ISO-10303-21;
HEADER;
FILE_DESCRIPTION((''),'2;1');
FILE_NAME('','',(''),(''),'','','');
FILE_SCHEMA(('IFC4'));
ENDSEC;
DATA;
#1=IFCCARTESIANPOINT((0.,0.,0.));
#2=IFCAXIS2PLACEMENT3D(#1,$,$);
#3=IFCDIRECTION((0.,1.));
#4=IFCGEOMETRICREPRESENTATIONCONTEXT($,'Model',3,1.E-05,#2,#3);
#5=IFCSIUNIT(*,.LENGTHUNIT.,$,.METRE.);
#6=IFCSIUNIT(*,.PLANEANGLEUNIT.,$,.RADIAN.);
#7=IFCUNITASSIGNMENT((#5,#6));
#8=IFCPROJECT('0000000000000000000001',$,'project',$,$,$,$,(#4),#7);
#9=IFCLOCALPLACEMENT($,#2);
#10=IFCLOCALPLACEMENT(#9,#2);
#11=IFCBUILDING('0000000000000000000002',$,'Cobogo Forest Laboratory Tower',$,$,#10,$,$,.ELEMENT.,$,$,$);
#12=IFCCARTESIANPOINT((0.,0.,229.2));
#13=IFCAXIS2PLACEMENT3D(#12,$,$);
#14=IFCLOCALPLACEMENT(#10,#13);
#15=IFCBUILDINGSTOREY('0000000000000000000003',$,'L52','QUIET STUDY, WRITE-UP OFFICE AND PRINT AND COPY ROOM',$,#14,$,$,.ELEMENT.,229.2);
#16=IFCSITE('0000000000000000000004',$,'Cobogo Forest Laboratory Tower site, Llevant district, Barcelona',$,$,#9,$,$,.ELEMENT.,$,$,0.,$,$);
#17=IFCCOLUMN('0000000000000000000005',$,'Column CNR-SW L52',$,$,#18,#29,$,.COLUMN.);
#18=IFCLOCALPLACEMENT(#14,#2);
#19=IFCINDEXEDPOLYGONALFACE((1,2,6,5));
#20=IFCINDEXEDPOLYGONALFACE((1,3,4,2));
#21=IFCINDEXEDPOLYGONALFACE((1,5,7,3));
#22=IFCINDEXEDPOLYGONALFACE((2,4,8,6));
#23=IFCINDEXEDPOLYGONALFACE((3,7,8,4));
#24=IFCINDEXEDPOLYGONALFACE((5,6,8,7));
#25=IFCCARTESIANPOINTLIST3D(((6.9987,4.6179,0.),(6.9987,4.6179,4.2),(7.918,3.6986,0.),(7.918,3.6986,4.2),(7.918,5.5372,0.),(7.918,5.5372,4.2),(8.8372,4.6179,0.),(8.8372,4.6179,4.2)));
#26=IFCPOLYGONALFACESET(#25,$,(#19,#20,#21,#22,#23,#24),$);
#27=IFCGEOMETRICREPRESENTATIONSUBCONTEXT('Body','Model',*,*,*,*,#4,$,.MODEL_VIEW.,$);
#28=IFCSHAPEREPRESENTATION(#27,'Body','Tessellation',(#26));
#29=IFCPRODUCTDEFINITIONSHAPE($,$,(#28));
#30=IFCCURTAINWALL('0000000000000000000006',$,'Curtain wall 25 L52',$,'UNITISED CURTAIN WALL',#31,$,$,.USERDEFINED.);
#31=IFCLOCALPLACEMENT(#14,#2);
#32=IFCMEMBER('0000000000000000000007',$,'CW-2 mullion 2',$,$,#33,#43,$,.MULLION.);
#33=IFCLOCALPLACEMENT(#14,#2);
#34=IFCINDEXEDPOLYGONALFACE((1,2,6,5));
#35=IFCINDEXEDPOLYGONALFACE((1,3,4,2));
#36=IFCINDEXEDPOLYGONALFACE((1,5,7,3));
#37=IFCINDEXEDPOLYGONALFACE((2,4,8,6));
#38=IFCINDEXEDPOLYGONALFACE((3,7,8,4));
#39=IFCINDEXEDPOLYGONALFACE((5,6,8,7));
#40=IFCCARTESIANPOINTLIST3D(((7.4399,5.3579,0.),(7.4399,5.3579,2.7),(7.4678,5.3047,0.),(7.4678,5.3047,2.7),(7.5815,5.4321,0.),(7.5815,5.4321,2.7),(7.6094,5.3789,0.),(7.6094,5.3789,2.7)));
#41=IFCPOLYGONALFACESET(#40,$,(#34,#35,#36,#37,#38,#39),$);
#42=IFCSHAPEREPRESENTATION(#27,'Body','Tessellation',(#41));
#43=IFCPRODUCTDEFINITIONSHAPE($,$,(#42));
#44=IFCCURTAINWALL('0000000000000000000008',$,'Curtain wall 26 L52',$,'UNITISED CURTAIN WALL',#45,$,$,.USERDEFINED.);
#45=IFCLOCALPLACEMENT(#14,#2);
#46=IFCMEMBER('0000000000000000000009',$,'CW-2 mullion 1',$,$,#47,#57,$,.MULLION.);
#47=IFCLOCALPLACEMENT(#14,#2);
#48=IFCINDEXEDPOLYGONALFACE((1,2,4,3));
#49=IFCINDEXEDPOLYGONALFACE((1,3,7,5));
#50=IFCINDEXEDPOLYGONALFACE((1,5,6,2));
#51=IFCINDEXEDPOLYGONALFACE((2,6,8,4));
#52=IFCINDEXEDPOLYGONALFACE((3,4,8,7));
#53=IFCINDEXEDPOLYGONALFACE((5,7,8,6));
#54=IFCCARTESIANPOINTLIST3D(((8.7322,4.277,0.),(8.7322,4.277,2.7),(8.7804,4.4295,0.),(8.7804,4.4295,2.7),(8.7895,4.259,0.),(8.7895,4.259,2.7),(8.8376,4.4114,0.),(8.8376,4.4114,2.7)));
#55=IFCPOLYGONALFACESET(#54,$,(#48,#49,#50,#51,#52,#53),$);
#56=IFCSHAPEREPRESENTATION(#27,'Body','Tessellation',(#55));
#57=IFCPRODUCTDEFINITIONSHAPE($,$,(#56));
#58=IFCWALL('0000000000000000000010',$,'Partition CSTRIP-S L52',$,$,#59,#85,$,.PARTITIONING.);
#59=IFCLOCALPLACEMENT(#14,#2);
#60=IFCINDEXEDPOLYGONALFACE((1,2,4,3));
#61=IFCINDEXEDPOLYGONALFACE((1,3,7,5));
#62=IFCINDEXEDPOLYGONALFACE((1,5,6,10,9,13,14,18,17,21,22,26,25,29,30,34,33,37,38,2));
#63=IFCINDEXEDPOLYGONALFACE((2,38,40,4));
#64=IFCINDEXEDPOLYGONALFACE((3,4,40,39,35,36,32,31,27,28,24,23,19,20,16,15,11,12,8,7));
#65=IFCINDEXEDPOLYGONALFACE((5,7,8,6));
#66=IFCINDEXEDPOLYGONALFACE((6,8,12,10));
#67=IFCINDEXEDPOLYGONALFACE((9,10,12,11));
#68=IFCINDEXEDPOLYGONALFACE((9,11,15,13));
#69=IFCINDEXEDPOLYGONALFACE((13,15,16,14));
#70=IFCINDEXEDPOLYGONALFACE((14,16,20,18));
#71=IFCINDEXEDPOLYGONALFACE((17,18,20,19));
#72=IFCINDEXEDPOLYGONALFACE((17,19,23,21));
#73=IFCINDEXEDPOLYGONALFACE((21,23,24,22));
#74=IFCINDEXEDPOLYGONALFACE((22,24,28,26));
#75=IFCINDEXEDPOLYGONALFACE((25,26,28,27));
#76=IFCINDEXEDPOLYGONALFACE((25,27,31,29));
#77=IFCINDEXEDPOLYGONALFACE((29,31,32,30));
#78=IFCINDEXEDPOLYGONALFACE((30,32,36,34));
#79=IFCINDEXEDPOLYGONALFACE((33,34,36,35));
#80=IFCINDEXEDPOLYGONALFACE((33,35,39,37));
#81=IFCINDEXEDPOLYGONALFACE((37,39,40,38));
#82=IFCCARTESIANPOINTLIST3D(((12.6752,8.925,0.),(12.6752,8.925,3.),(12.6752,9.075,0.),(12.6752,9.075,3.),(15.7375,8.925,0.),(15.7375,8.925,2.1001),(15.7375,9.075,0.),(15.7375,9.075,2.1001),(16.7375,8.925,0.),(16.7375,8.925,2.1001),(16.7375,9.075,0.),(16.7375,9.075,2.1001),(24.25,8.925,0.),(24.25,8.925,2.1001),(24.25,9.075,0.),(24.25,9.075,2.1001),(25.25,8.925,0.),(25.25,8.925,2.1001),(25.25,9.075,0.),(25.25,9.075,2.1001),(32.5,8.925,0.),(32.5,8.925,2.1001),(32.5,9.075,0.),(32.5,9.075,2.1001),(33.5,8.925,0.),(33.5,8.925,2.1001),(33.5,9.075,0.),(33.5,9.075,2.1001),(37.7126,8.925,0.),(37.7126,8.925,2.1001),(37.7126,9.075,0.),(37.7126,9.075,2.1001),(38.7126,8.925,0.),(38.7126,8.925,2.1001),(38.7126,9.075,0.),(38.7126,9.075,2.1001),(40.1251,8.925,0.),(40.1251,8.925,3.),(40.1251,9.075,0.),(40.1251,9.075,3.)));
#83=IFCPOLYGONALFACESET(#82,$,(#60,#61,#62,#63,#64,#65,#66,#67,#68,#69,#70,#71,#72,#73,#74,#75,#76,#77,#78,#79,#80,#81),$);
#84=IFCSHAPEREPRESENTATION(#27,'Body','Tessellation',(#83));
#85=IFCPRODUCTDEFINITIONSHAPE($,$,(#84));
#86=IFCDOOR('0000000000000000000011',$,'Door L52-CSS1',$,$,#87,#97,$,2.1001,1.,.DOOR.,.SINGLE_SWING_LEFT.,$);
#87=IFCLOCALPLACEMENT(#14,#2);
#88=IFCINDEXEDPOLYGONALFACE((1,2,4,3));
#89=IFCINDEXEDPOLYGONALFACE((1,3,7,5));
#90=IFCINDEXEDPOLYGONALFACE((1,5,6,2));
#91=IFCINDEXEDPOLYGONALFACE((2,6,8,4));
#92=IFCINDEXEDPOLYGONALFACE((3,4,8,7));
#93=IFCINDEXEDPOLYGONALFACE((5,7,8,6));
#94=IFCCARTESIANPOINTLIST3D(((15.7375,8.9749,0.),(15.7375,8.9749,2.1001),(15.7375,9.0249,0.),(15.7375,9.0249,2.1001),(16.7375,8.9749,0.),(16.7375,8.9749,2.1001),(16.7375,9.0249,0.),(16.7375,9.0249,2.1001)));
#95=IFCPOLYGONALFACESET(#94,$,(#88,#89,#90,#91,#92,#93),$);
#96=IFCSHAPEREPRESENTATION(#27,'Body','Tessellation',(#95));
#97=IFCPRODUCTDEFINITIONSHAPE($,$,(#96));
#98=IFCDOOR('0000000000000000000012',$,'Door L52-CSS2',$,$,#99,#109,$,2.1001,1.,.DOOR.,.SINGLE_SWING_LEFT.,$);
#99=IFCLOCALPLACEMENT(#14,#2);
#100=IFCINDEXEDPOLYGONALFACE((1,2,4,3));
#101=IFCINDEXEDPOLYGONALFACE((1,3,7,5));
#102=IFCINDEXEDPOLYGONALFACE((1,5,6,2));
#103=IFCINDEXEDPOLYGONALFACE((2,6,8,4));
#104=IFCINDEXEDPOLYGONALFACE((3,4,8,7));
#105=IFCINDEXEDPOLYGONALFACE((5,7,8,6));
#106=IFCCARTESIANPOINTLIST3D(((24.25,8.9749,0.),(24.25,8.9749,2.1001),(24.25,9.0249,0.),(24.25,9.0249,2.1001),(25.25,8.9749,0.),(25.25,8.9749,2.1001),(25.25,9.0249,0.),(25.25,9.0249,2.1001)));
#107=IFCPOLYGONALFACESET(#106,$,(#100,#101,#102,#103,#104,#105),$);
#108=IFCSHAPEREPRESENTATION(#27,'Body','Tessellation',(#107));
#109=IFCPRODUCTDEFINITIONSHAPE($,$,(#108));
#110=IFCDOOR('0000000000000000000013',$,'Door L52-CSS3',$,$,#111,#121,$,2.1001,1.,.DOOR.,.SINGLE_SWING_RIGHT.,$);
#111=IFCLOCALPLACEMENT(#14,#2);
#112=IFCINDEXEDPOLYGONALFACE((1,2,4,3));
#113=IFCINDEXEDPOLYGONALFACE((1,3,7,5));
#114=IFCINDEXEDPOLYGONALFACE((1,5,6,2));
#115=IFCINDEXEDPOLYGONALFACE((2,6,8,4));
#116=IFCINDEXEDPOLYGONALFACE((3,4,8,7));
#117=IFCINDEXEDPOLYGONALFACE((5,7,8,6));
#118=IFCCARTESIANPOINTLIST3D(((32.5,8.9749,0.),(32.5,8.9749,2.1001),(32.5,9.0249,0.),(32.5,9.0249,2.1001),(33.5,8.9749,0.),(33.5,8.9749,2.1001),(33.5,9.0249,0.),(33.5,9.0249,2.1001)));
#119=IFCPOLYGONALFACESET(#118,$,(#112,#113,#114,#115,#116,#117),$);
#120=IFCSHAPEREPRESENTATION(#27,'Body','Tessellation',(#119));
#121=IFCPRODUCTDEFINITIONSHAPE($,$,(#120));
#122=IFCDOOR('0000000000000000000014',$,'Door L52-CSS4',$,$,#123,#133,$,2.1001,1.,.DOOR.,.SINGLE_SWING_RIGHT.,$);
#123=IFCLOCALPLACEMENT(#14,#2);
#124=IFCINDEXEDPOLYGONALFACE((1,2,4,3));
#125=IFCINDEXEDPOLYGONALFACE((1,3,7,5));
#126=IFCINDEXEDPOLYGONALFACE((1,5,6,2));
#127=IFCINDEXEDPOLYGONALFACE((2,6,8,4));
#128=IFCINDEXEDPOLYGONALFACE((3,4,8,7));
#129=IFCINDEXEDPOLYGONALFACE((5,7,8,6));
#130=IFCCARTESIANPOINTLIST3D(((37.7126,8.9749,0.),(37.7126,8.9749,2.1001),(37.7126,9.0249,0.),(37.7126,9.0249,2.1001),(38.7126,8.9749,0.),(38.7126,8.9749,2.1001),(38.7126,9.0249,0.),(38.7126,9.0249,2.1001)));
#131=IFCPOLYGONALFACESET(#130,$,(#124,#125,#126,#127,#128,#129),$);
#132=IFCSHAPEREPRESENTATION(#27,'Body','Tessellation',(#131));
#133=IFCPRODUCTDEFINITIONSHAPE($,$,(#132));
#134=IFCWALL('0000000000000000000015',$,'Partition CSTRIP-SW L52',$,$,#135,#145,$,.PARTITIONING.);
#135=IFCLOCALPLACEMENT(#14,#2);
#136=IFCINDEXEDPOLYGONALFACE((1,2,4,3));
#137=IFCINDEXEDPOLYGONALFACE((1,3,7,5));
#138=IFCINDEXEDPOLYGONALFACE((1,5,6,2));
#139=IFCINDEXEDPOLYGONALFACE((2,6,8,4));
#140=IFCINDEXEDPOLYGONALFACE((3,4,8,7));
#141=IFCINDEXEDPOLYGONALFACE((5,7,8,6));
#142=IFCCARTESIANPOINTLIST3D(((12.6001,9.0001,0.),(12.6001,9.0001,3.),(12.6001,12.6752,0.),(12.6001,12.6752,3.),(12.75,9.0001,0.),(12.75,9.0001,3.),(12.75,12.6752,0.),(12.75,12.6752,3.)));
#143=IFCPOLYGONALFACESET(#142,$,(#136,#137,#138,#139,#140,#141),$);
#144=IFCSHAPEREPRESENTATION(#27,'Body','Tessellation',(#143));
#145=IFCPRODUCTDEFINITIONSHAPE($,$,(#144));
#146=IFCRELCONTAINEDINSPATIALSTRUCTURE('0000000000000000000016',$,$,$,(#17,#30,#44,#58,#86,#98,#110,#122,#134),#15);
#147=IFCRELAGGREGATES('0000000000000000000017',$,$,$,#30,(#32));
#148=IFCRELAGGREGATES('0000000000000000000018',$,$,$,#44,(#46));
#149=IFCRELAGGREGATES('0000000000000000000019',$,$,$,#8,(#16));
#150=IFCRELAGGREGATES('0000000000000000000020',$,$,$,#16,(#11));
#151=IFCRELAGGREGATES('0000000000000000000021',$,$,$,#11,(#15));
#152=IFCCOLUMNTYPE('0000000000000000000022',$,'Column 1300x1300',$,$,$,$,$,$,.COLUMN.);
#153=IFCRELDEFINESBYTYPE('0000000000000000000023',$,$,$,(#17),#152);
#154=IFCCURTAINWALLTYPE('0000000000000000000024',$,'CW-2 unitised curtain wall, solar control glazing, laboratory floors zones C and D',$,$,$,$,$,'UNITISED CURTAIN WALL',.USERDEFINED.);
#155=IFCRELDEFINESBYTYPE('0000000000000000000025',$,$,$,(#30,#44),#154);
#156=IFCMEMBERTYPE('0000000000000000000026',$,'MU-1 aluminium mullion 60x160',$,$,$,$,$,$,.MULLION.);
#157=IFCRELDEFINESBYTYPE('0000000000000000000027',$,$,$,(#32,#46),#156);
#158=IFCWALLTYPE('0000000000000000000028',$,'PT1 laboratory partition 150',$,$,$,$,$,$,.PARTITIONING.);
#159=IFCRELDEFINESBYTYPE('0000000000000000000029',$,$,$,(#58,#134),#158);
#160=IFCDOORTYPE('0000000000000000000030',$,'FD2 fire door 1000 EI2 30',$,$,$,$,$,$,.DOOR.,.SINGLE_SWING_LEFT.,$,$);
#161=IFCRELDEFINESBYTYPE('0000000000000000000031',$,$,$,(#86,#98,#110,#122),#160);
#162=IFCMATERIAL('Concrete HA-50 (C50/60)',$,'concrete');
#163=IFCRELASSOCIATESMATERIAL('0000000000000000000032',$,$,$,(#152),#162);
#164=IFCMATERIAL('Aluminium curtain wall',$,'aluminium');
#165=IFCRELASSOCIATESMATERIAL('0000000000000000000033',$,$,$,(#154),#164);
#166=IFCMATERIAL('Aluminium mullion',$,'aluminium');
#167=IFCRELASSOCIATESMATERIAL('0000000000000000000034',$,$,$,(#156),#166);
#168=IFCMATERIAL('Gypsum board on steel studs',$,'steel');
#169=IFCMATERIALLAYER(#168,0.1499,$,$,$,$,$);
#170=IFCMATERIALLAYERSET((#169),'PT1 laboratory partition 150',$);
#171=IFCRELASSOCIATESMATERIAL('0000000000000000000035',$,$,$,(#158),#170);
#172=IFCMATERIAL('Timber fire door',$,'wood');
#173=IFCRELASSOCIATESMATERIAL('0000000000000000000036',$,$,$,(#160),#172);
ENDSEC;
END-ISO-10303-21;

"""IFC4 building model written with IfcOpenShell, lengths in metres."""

from ifc_helpers import new_model, si_unit, direction, frame, frame_2d, origin, origin_2d, place, context, subcontext, project, spatial, rectangle, extrude, material, layer, layer_set, material_profile, profile_set, type_object, element, fill, aggregate, save


model = new_model("IFC4")

# Units and contexts
model_context = context("Model", 3, precision=1e-05, world=origin(), true_north=direction((0.0, 1.0)))
body_context = subcontext(model_context, "Body", "Model", "MODEL_VIEW")
ifc_project = project(units=[si_unit("LENGTHUNIT", "METRE"), si_unit("PLANEANGLEUNIT", "RADIAN")], contexts=[model_context])

# Site, building, storey
site_placement = place(None, origin())
site = spatial("IfcSite", under=ifc_project, at=site_placement, Name="Cobogo Forest Laboratory Tower site, Llevant district, Barcelona", CompositionType="ELEMENT", RefElevation=0.0)
building_placement = place(site_placement, origin())
building = spatial("IfcBuilding", under=site, at=building_placement, Name="Cobogo Forest Laboratory Tower", CompositionType="ELEMENT")
storey_placement = place(building_placement, frame((0.0, 0.0, 229.2)))
storey = spatial("IfcBuildingStorey", under=building, at=storey_placement, Name="L52", Description="QUIET STUDY, WRITE-UP OFFICE AND PRINT AND COPY ROOM", CompositionType="ELEMENT", Elevation=229.2)

# Column
ifc_material_1 = material(Name="Concrete HA-50 (C50/60)", Category="concrete")
ifc_material_profile_1 = material_profile(ifc_material_1, rectangle(XDim=1.3, YDim=1.3, at=origin_2d()), Name="RC 1300x1300")
ifc_profile_set_1 = profile_set([ifc_material_profile_1], Name="Concrete HA-50 (C50/60)")
column_type = type_object("IfcColumnType", Name="Column 1300x1300", PredefinedType="COLUMN", material=ifc_profile_set_1)
column_placement = place(storey_placement, frame((7.918, 4.6179, 0.0), z_axis=(0.0, 0.0, 1.0), x_axis=(0.707107, 0.707107, 0.0)))
element("IfcColumn", 1, at=column_placement, inside=storey, type_object=column_type, Name="Column CNR-SW L52", PredefinedType="COLUMN", context=body_context, shape_type="SweptSolid", body=[
    extrude(rectangle(XDim=1.3, YDim=1.3, at=origin_2d()), origin(), (0.0, 0.0, 1.0), 4.2),
])

# Curtain walls, members
ifc_material_2 = material(Name="Aluminium curtain wall", Category="aluminium")
curtain_wall_type = type_object("IfcCurtainWallType", Name="CW-2 unitised curtain wall, solar control glazing, laboratory floors zones C and D", ElementType="UNITISED CURTAIN WALL", PredefinedType="USERDEFINED", material=ifc_material_2)
curtain_wall_1_placement = place(storey_placement, origin())
curtain_wall_1 = element("IfcCurtainWall", 2, at=curtain_wall_1_placement, inside=storey, type_object=curtain_wall_type, Name="Curtain wall 25 L52", ObjectType="UNITISED CURTAIN WALL", PredefinedType="USERDEFINED")
ifc_material_3 = material(Name="Aluminium mullion", Category="aluminium")
ifc_material_profile_2 = material_profile(ifc_material_3, rectangle(XDim=0.0601, YDim=0.1599, at=origin_2d()), Name="AL 60x160")
ifc_profile_set_2 = profile_set([ifc_material_profile_2], Name="Aluminium mullion")
member_type = type_object("IfcMemberType", Name="MU-1 aluminium mullion 60x160", PredefinedType="MULLION", material=ifc_profile_set_2)
member_1_placement = place(storey_placement, frame((7.5247, 5.3684, 0.0), z_axis=(0.0, 0.0, 1.0), x_axis=(0.464284, -0.885687, 0.0)))
member_1 = element("IfcMember", 3, at=member_1_placement, type_object=member_type, Name="CW-2 mullion 2", PredefinedType="MULLION", context=body_context, shape_type="SweptSolid", body=[
    extrude(rectangle(XDim=0.0601, YDim=0.1599, at=origin_2d()), origin(), (0.0, 0.0, 1.0), 2.7),
])
aggregate(curtain_wall_1, [member_1])
curtain_wall_2_placement = place(storey_placement, origin())
curtain_wall_2 = element("IfcCurtainWall", 4, at=curtain_wall_2_placement, inside=storey, type_object=curtain_wall_type, Name="Curtain wall 26 L52", ObjectType="UNITISED CURTAIN WALL", PredefinedType="USERDEFINED")
member_2_placement = place(storey_placement, frame((8.7849, 4.3442, 0.0), z_axis=(0.0, 0.0, 1.0), x_axis=(0.953581, -0.301136, 0.0)))
member_2 = element("IfcMember", 5, at=member_2_placement, type_object=member_type, Name="CW-2 mullion 1", PredefinedType="MULLION", context=body_context, shape_type="SweptSolid", body=[
    extrude(rectangle(XDim=0.0601, YDim=0.1599, at=origin_2d()), origin(), (0.0, 0.0, 1.0), 2.7),
])
aggregate(curtain_wall_2, [member_2])

# Wall, openings, doors
ifc_material_4 = material(Name="Gypsum board on steel studs", Category="steel")
ifc_layer_1 = layer(ifc_material_4, 0.1499)
ifc_layer_set_1 = layer_set([ifc_layer_1], Name="PT1 laboratory partition 150")
wall_type_1 = type_object("IfcWallType", Name="PT1 laboratory partition 150", PredefinedType="PARTITIONING", material=ifc_layer_set_1)
wall_1_placement = place(storey_placement, frame((12.675, 9.0, 0.0), z_axis=(0.0, 0.0, 1.0), x_axis=(1.0, 0.0, 0.0)))
wall_1 = element("IfcWall", 6, at=wall_1_placement, inside=storey, type_object=wall_type_1, Name="Partition CSTRIP-S L52", PredefinedType="PARTITIONING", context=body_context, shape_type="SweptSolid", body=[
    extrude(rectangle(XDim=27.45, YDim=0.1499, at=frame_2d((13.7251, 0.0))), origin(), (0.0, 0.0, 1.0), 3.0),
])
opening_1_placement = place(wall_1_placement, frame((3.0625, 0.0, 0.0)))
opening_1 = element("IfcOpeningElement", 7, at=opening_1_placement, cuts=wall_1, PredefinedType="OPENING", context=body_context, shape_type="SweptSolid", body=[
    extrude(rectangle(XDim=1.0, YDim=2.1001, at=frame_2d((0.5, 1.05))), frame((0.0, 0.085, 0.0), z_axis=(0.0, -1.0, 0.0), x_axis=(1.0, 0.0, 0.0)), (0.0, 0.0, 1.0), 0.1699),
])
opening_2_placement = place(wall_1_placement, frame((11.575, 0.0, 0.0)))
opening_2 = element("IfcOpeningElement", 8, at=opening_2_placement, cuts=wall_1, PredefinedType="OPENING", context=body_context, shape_type="SweptSolid", body=[
    extrude(rectangle(XDim=1.0, YDim=2.1001, at=frame_2d((0.5, 1.05))), frame((0.0, 0.085, 0.0), z_axis=(0.0, -1.0, 0.0), x_axis=(1.0, 0.0, 0.0)), (0.0, 0.0, 1.0), 0.1699),
])
opening_3_placement = place(wall_1_placement, frame((19.825, 0.0, 0.0)))
opening_3 = element("IfcOpeningElement", 9, at=opening_3_placement, cuts=wall_1, PredefinedType="OPENING", context=body_context, shape_type="SweptSolid", body=[
    extrude(rectangle(XDim=1.0, YDim=2.1001, at=frame_2d((0.5, 1.05))), frame((0.0, 0.085, 0.0), z_axis=(0.0, -1.0, 0.0), x_axis=(1.0, 0.0, 0.0)), (0.0, 0.0, 1.0), 0.1699),
])
opening_4_placement = place(wall_1_placement, frame((25.0376, 0.0, 0.0)))
opening_4 = element("IfcOpeningElement", 10, at=opening_4_placement, cuts=wall_1, PredefinedType="OPENING", context=body_context, shape_type="SweptSolid", body=[
    extrude(rectangle(XDim=1.0, YDim=2.1001, at=frame_2d((0.5, 1.05))), frame((0.0, 0.085, 0.0), z_axis=(0.0, -1.0, 0.0), x_axis=(1.0, 0.0, 0.0)), (0.0, 0.0, 1.0), 0.1699),
])
ifc_material_5 = material(Name="Timber fire door", Category="wood")
door_type_1 = type_object("IfcDoorType", Name="FD2 fire door 1000 EI2 30", OperationType="SINGLE_SWING_LEFT", PredefinedType="DOOR", material=ifc_material_5)
door_1_placement = place(opening_1_placement, origin())
door_1 = element("IfcDoor", 11, at=door_1_placement, inside=storey, type_object=door_type_1, Name="Door L52-CSS1", OperationType="SINGLE_SWING_LEFT", OverallHeight=2.1001, OverallWidth=1.0, PredefinedType="DOOR", context=body_context, shape_type="SweptSolid", body=[
    extrude(rectangle(XDim=1.0, YDim=2.1001, at=frame_2d((0.5, 1.05))), frame((0.0, 0.0249, 0.0), z_axis=(0.0, -1.0, 0.0), x_axis=(1.0, 0.0, 0.0)), (0.0, 0.0, 1.0), 0.05),
])
fill(opening_1, door_1)
door_2_placement = place(opening_2_placement, origin())
door_2 = element("IfcDoor", 12, at=door_2_placement, inside=storey, type_object=door_type_1, Name="Door L52-CSS2", OperationType="SINGLE_SWING_LEFT", OverallHeight=2.1001, OverallWidth=1.0, PredefinedType="DOOR", context=body_context, shape_type="SweptSolid", body=[
    extrude(rectangle(XDim=1.0, YDim=2.1001, at=frame_2d((0.5, 1.05))), frame((0.0, 0.0249, 0.0), z_axis=(0.0, -1.0, 0.0), x_axis=(1.0, 0.0, 0.0)), (0.0, 0.0, 1.0), 0.05),
])
fill(opening_2, door_2)
door_3_placement = place(opening_3_placement, origin())
door_3 = element("IfcDoor", 13, at=door_3_placement, inside=storey, type_object=door_type_1, Name="Door L52-CSS3", OperationType="SINGLE_SWING_RIGHT", OverallHeight=2.1001, OverallWidth=1.0, PredefinedType="DOOR", context=body_context, shape_type="SweptSolid", body=[
    extrude(rectangle(XDim=1.0, YDim=2.1001, at=frame_2d((0.5, 1.05))), frame((0.0, 0.0249, 0.0), z_axis=(0.0, -1.0, 0.0), x_axis=(1.0, 0.0, 0.0)), (0.0, 0.0, 1.0), 0.05),
])
fill(opening_3, door_3)
door_4_placement = place(opening_4_placement, origin())
door_4 = element("IfcDoor", 14, at=door_4_placement, inside=storey, type_object=door_type_1, Name="Door L52-CSS4", OperationType="SINGLE_SWING_RIGHT", OverallHeight=2.1001, OverallWidth=1.0, PredefinedType="DOOR", context=body_context, shape_type="SweptSolid", body=[
    extrude(rectangle(XDim=1.0, YDim=2.1001, at=frame_2d((0.5, 1.05))), frame((0.0, 0.0249, 0.0), z_axis=(0.0, -1.0, 0.0), x_axis=(1.0, 0.0, 0.0)), (0.0, 0.0, 1.0), 0.05),
])
fill(opening_4, door_4)

# Wall
wall_2_placement = place(storey_placement, frame((12.675, 12.675, 0.0), z_axis=(0.0, 0.0, 1.0), x_axis=(0.0, -1.0, 0.0)))
element("IfcWall", 15, at=wall_2_placement, inside=storey, type_object=wall_type_1, Name="Partition CSTRIP-SW L52", PredefinedType="PARTITIONING", context=body_context, shape_type="SweptSolid", body=[
    extrude(rectangle(XDim=3.675, YDim=0.1499, at=frame_2d((1.8374, 0.0))), origin(), (0.0, 0.0, 1.0), 3.0),
])

save(model, "model.ifc")
